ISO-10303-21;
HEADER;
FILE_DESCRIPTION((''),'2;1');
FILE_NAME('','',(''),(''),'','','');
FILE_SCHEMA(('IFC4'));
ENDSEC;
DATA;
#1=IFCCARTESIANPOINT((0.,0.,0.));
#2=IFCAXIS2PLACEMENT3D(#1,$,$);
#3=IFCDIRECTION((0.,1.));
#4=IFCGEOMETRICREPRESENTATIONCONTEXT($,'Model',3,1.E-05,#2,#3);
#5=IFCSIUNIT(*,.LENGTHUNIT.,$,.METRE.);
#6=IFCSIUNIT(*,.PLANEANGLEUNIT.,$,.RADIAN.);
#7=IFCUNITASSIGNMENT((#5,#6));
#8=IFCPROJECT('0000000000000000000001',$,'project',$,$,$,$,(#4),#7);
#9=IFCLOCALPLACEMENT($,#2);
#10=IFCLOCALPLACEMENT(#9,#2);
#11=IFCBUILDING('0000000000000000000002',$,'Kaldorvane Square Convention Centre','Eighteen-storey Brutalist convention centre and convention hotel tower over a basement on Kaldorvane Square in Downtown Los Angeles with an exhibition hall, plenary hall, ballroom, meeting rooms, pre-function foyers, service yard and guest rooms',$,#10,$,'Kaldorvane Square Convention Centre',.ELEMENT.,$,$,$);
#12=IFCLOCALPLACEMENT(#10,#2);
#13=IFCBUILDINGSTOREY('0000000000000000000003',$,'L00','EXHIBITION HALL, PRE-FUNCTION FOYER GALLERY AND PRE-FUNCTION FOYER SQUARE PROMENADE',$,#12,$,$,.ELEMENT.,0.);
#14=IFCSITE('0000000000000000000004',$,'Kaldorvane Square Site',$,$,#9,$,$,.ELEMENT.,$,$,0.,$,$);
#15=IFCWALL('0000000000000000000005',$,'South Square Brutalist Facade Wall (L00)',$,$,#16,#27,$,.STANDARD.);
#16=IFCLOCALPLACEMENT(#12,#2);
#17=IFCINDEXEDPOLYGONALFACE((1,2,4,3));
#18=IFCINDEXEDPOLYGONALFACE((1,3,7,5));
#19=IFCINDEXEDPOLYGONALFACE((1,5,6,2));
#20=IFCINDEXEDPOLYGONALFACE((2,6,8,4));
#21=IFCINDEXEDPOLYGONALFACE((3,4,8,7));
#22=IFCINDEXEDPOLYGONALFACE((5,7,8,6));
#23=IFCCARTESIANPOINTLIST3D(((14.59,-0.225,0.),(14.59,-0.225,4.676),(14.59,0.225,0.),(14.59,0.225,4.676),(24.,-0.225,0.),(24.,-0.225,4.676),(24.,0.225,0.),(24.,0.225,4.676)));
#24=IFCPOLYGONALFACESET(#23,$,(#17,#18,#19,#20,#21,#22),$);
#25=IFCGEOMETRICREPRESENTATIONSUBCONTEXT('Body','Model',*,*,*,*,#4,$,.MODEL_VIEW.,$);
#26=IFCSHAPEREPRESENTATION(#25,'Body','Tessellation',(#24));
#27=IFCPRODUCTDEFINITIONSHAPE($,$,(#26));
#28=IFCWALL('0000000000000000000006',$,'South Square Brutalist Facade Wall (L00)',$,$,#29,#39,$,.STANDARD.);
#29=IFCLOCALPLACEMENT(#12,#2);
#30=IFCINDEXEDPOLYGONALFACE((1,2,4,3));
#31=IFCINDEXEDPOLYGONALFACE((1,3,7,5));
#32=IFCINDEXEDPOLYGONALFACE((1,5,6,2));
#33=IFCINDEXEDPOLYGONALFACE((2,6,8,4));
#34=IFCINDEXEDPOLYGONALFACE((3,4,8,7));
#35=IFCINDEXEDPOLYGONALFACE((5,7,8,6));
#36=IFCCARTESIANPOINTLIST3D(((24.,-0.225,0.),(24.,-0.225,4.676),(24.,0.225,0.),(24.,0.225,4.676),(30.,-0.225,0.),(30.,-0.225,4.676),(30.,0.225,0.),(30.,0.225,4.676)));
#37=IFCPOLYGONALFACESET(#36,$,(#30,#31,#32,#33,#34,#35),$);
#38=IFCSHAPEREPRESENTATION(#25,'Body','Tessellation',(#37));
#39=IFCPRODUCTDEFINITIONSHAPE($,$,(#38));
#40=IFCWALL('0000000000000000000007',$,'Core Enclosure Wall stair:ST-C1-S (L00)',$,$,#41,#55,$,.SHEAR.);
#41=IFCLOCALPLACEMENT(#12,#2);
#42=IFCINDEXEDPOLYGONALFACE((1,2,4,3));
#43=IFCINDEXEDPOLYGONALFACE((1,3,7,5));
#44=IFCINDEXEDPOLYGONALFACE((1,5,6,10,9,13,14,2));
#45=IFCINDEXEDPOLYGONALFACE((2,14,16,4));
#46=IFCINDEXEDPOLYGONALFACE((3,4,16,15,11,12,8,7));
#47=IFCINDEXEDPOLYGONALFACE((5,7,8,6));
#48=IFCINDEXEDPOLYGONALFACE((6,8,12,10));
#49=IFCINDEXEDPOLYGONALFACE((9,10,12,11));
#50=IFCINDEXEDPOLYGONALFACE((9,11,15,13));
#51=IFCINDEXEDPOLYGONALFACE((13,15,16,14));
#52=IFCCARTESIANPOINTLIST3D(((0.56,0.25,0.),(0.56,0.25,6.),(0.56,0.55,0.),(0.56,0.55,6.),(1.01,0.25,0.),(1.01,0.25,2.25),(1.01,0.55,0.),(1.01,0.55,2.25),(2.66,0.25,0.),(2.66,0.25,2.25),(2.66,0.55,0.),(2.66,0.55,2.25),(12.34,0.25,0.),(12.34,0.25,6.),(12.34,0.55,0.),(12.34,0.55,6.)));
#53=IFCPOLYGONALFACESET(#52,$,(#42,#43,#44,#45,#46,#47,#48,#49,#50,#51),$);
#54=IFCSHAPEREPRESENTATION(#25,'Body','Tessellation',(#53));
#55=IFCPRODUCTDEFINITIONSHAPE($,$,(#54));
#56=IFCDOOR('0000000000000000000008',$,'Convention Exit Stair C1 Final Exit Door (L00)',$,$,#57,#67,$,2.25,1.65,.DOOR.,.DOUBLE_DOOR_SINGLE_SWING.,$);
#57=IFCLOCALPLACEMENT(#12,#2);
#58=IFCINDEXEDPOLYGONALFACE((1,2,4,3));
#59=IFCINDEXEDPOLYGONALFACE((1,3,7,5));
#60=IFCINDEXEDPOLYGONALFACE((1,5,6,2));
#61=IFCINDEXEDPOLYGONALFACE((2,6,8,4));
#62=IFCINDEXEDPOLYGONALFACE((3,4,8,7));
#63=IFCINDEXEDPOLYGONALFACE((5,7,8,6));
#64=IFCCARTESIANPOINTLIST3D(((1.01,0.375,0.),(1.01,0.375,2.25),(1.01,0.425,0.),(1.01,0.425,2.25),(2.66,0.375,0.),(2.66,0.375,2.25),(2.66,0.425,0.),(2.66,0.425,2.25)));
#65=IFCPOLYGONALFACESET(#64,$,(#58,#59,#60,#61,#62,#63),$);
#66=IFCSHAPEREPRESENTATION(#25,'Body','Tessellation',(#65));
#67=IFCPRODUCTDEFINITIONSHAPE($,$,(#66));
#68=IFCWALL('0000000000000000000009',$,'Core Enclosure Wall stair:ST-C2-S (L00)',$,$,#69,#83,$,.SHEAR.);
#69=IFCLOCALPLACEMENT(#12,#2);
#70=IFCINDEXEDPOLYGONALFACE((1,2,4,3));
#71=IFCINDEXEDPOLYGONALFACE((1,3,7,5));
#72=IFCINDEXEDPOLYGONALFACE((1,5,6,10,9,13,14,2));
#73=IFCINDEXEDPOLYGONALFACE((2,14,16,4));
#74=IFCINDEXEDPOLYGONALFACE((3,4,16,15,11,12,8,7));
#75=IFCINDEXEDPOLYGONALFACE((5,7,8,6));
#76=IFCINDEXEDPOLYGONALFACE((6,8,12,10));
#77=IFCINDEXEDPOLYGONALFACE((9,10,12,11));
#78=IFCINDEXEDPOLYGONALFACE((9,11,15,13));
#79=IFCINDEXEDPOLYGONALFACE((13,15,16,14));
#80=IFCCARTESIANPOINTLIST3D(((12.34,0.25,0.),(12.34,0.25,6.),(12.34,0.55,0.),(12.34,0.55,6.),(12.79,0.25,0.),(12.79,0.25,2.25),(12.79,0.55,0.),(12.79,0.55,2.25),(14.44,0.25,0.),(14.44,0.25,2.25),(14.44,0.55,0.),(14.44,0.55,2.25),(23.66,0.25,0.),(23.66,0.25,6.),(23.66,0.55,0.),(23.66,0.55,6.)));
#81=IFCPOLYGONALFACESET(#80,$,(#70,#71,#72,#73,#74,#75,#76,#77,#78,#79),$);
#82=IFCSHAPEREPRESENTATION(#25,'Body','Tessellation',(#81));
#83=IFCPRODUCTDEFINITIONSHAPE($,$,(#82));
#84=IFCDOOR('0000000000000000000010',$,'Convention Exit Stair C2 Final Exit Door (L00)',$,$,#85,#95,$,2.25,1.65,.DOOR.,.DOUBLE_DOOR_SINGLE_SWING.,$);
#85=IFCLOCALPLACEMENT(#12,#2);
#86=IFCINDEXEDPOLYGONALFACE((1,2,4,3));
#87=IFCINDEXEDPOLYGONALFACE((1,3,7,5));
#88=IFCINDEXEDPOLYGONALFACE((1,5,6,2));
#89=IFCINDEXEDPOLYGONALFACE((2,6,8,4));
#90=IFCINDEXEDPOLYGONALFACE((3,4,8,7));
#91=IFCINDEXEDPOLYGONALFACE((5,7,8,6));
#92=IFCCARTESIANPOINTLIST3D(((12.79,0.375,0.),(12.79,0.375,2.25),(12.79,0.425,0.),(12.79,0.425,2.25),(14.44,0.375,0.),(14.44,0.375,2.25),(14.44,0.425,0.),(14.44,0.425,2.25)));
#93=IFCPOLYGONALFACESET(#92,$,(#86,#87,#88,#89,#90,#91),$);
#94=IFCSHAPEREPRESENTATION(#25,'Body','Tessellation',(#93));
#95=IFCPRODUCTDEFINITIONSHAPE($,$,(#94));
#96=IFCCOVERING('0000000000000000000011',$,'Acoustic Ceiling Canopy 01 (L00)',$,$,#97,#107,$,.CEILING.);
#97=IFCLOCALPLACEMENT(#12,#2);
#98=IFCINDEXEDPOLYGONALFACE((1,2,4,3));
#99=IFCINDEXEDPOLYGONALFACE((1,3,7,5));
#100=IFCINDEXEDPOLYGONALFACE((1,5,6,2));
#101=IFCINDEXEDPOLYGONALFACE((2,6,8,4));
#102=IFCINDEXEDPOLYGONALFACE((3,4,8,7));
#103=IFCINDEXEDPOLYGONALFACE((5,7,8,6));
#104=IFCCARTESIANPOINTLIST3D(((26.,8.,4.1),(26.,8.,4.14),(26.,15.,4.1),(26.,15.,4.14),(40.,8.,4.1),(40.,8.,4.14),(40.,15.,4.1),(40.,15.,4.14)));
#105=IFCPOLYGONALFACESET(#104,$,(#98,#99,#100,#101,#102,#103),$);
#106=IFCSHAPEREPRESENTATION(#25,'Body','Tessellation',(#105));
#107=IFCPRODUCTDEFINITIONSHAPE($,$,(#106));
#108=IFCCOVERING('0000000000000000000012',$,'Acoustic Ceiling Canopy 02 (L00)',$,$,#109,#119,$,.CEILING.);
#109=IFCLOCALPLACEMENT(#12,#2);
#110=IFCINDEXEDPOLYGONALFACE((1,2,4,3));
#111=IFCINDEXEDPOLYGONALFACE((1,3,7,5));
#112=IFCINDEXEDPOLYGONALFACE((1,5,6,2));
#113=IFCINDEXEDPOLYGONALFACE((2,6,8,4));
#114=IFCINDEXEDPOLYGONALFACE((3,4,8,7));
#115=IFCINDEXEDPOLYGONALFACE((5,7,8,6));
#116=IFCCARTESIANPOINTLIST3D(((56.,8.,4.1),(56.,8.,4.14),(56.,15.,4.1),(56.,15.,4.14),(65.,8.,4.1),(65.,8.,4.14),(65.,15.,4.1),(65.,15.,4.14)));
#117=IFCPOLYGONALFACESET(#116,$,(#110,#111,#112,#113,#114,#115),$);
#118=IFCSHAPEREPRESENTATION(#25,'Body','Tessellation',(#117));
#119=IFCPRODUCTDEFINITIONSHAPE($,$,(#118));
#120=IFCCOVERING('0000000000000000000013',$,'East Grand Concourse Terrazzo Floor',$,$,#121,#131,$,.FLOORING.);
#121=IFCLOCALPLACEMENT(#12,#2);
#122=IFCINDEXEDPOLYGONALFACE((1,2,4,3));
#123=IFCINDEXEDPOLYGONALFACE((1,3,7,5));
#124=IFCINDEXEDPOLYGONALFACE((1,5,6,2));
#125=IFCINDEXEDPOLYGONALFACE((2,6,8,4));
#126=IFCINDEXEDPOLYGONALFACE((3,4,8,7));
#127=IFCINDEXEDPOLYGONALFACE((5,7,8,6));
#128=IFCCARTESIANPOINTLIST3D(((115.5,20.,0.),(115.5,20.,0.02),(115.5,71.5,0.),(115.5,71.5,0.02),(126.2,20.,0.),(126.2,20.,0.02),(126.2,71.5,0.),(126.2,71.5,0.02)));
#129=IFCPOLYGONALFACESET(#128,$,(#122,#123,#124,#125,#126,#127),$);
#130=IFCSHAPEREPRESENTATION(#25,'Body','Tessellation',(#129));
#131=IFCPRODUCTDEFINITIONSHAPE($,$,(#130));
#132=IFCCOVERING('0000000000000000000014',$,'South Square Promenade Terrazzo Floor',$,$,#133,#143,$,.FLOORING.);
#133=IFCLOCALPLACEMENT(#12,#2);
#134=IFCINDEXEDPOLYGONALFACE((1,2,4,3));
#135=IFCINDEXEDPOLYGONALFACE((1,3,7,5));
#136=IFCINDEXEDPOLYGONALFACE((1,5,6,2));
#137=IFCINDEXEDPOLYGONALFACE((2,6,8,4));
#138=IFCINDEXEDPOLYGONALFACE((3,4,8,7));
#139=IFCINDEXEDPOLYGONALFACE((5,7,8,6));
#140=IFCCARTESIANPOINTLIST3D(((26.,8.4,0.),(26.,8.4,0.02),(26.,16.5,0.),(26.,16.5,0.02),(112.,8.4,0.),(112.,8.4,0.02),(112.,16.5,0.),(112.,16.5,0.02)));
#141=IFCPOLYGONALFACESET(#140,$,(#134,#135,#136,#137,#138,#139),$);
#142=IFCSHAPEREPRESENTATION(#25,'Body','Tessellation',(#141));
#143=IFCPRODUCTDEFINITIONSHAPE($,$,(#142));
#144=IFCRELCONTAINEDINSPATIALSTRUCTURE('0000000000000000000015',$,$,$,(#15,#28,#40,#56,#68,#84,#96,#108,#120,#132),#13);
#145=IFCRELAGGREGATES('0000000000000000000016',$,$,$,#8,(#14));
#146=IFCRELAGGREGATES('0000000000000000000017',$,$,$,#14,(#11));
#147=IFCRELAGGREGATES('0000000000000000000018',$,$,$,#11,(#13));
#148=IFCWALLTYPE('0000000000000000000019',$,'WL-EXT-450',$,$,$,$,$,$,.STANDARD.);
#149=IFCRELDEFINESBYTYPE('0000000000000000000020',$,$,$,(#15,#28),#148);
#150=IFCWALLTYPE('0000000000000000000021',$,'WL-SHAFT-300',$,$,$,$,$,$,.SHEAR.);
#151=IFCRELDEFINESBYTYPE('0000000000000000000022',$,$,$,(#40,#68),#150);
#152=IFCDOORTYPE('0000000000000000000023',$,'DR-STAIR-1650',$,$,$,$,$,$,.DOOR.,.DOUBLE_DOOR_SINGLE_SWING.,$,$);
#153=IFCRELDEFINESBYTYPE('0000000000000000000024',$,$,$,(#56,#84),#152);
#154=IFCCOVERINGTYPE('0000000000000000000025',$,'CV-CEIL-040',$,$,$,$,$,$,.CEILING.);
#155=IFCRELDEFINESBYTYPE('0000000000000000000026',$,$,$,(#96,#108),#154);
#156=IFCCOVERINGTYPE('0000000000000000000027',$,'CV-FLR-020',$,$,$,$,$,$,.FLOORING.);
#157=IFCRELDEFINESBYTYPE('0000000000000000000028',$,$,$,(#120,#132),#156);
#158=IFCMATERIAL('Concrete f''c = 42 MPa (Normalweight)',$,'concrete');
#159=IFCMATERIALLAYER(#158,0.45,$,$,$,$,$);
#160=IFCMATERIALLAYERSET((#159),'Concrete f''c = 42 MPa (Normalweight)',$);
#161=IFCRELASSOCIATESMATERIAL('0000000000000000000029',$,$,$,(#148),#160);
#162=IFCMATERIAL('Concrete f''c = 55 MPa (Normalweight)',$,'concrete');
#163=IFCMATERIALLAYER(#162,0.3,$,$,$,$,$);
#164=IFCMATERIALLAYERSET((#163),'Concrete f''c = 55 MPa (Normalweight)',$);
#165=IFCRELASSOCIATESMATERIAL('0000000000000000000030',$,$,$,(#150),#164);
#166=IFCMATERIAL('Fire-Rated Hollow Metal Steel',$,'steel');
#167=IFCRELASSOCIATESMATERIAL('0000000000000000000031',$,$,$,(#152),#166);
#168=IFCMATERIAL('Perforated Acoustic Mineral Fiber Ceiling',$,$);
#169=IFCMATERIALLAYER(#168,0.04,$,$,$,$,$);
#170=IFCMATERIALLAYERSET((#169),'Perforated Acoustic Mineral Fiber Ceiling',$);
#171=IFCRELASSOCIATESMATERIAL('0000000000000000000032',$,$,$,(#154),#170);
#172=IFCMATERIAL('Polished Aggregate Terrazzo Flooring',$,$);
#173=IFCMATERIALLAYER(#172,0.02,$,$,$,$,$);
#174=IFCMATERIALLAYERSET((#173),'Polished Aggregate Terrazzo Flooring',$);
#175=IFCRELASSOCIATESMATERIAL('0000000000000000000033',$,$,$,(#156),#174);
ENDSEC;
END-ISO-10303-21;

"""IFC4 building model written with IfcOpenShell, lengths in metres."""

from ifc_helpers import new_model, si_unit, direction, frame, frame_2d, origin, place, context, subcontext, project, spatial, polyline, rectangle, outline, extrude, material, layer, layer_set, type_object, element, fill, save


model = new_model("IFC4")

# Units and contexts
model_context = context("Model", 3, precision=1e-05, world=origin(), true_north=direction((0.0, 1.0)))
body_context = subcontext(model_context, "Body", "Model", "MODEL_VIEW")
ifc_project = project(units=[si_unit("LENGTHUNIT", "METRE"), si_unit("PLANEANGLEUNIT", "RADIAN")], contexts=[model_context])

# Site, building, storey
site_placement = place(None, origin())
site = spatial("IfcSite", under=ifc_project, at=site_placement, Name="Kaldorvane Square Site", CompositionType="ELEMENT", RefElevation=0.0)
building_placement = place(site_placement, origin())
building = spatial("IfcBuilding", under=site, at=building_placement, Name="Kaldorvane Square Convention Centre", Description="Eighteen-storey Brutalist convention centre and convention hotel tower over a basement on Kaldorvane Square in Downtown Los Angeles with an exhibition hall, plenary hall, ballroom, meeting rooms, pre-function foyers, service yard and guest rooms", LongName="Kaldorvane Square Convention Centre", CompositionType="ELEMENT")
storey_placement = place(building_placement, origin())
storey = spatial("IfcBuildingStorey", under=building, at=storey_placement, Name="L00", Description="EXHIBITION HALL, PRE-FUNCTION FOYER GALLERY AND PRE-FUNCTION FOYER SQUARE PROMENADE", CompositionType="ELEMENT", Elevation=0.0)

# Shared definitions
ifc_material_1 = material(Name="Concrete f'c = 55 MPa (Normalweight)", Category="concrete")

# Shared definitions
ifc_material_2 = material(Name="Concrete f'c = 42 MPa (Normalweight)", Category="concrete")

# Walls
ifc_layer_1 = layer(ifc_material_2, 0.45)
ifc_layer_set_1 = layer_set([ifc_layer_1], Name="Concrete f'c = 42 MPa (Normalweight)")
wall_type_1 = type_object("IfcWallType", Name="WL-EXT-450", PredefinedType="STANDARD", material=ifc_layer_set_1)
wall_1_placement = place(storey_placement, frame((14.59, 0.0, 0.0), z_axis=(0.0, 0.0, 1.0), x_axis=(1.0, 0.0, 0.0)))
element("IfcWall", 1, at=wall_1_placement, inside=storey, type_object=wall_type_1, Name="South Square Brutalist Facade Wall (L00)", PredefinedType="STANDARD", context=body_context, shape_type="SweptSolid", body=[
    extrude(rectangle(XDim=9.41, YDim=0.45, at=frame_2d((4.705, 0.0))), origin(), (0.0, 0.0, 1.0), 4.676),
])
wall_2_placement = place(storey_placement, frame((24.0, 0.0, 0.0), z_axis=(0.0, 0.0, 1.0), x_axis=(1.0, 0.0, 0.0)))
element("IfcWall", 2, at=wall_2_placement, inside=storey, type_object=wall_type_1, Name="South Square Brutalist Facade Wall (L00)", PredefinedType="STANDARD", context=body_context, shape_type="SweptSolid", body=[
    extrude(rectangle(XDim=6.0, YDim=0.45, at=frame_2d((3.0, 0.0))), origin(), (0.0, 0.0, 1.0), 4.676),
])

# Walls, openings, doors
ifc_layer_2 = layer(ifc_material_1, 0.3)
ifc_layer_set_2 = layer_set([ifc_layer_2], Name="Concrete f'c = 55 MPa (Normalweight)")
wall_type_2 = type_object("IfcWallType", Name="WL-SHAFT-300", PredefinedType="SHEAR", material=ifc_layer_set_2)
wall_3_placement = place(storey_placement, frame((12.34, 0.4, 0.0), z_axis=(0.0, 0.0, 1.0), x_axis=(-1.0, 0.0, 0.0)))
wall_3 = element("IfcWall", 3, at=wall_3_placement, inside=storey, type_object=wall_type_2, Name="Core Enclosure Wall stair:ST-C1-S (L00)", PredefinedType="SHEAR", context=body_context, shape_type="SweptSolid", body=[
    extrude(rectangle(XDim=11.78, YDim=0.3, at=frame_2d((5.89, 0.0))), origin(), (0.0, 0.0, 1.0), 6.0),
])
opening_1_placement = place(wall_3_placement, frame((9.68, 0.0, 0.0)))
opening_1 = element("IfcOpeningElement", 4, at=opening_1_placement, cuts=wall_3, PredefinedType="OPENING", context=body_context, shape_type="SweptSolid", body=[
    extrude(rectangle(XDim=1.65, YDim=2.25, at=frame_2d((0.825, 1.125))), frame((0.0, 0.165, 0.0), z_axis=(0.0, -1.0, 0.0), x_axis=(1.0, 0.0, 0.0)), (0.0, 0.0, 1.0), 0.33),
])
ifc_material_3 = material(Name="Fire-Rated Hollow Metal Steel", Category="steel")
door_type = type_object("IfcDoorType", Name="DR-STAIR-1650", OperationType="DOUBLE_DOOR_SINGLE_SWING", PredefinedType="DOOR", material=ifc_material_3)
door_1_placement = place(opening_1_placement, origin())
door_1 = element("IfcDoor", 5, at=door_1_placement, inside=storey, type_object=door_type, Name="Convention Exit Stair C1 Final Exit Door (L00)", OperationType="DOUBLE_DOOR_SINGLE_SWING", OverallHeight=2.25, OverallWidth=1.65, PredefinedType="DOOR", context=body_context, shape_type="SweptSolid", body=[
    extrude(rectangle(XDim=1.65, YDim=2.25, at=frame_2d((0.825, 1.125))), frame((0.0, 0.025, 0.0), z_axis=(0.0, -1.0, 0.0), x_axis=(1.0, 0.0, 0.0)), (0.0, 0.0, 1.0), 0.05),
])
fill(opening_1, door_1)
wall_4_placement = place(storey_placement, frame((23.66, 0.4, 0.0), z_axis=(0.0, 0.0, 1.0), x_axis=(-1.0, 0.0, 0.0)))
wall_4 = element("IfcWall", 6, at=wall_4_placement, inside=storey, type_object=wall_type_2, Name="Core Enclosure Wall stair:ST-C2-S (L00)", PredefinedType="SHEAR", context=body_context, shape_type="SweptSolid", body=[
    extrude(rectangle(XDim=11.32, YDim=0.3, at=frame_2d((5.66, 0.0))), origin(), (0.0, 0.0, 1.0), 6.0),
])
opening_2_placement = place(wall_4_placement, frame((9.22, 0.0, 0.0)))
opening_2 = element("IfcOpeningElement", 7, at=opening_2_placement, cuts=wall_4, PredefinedType="OPENING", context=body_context, shape_type="SweptSolid", body=[
    extrude(rectangle(XDim=1.65, YDim=2.25, at=frame_2d((0.825, 1.125))), frame((0.0, 0.165, 0.0), z_axis=(0.0, -1.0, 0.0), x_axis=(1.0, 0.0, 0.0)), (0.0, 0.0, 1.0), 0.33),
])
door_2_placement = place(opening_2_placement, origin())
door_2 = element("IfcDoor", 8, at=door_2_placement, inside=storey, type_object=door_type, Name="Convention Exit Stair C2 Final Exit Door (L00)", OperationType="DOUBLE_DOOR_SINGLE_SWING", OverallHeight=2.25, OverallWidth=1.65, PredefinedType="DOOR", context=body_context, shape_type="SweptSolid", body=[
    extrude(rectangle(XDim=1.65, YDim=2.25, at=frame_2d((0.825, 1.125))), frame((0.0, 0.025, 0.0), z_axis=(0.0, -1.0, 0.0), x_axis=(1.0, 0.0, 0.0)), (0.0, 0.0, 1.0), 0.05),
])
fill(opening_2, door_2)

# Coverings
ifc_material_4 = material(Name="Perforated Acoustic Mineral Fiber Ceiling")
ifc_layer_3 = layer(ifc_material_4, 0.04)
ifc_layer_set_3 = layer_set([ifc_layer_3], Name="Perforated Acoustic Mineral Fiber Ceiling")
covering_type_1 = type_object("IfcCoveringType", Name="CV-CEIL-040", PredefinedType="CEILING", material=ifc_layer_set_3)
covering_1_placement = place(storey_placement, frame((0.0, 0.0, 4.1)))
element("IfcCovering", 9, at=covering_1_placement, inside=storey, type_object=covering_type_1, Name="Acoustic Ceiling Canopy 01 (L00)", PredefinedType="CEILING", context=body_context, shape_type="SweptSolid", body=[
    extrude(outline(polyline([(26.0, 8.0), (40.0, 8.0), (40.0, 15.0), (26.0, 15.0), (26.0, 8.0)])), origin(), (0.0, 0.0, 1.0), 0.04),
])
covering_2_placement = place(storey_placement, frame((0.0, 0.0, 4.1)))
element("IfcCovering", 10, at=covering_2_placement, inside=storey, type_object=covering_type_1, Name="Acoustic Ceiling Canopy 02 (L00)", PredefinedType="CEILING", context=body_context, shape_type="SweptSolid", body=[
    extrude(outline(polyline([(56.0, 8.0), (65.0, 8.0), (65.0, 15.0), (56.0, 15.0), (56.0, 8.0)])), origin(), (0.0, 0.0, 1.0), 0.04),
])
ifc_material_5 = material(Name="Polished Aggregate Terrazzo Flooring")
ifc_layer_4 = layer(ifc_material_5, 0.02)
ifc_layer_set_4 = layer_set([ifc_layer_4], Name="Polished Aggregate Terrazzo Flooring")
covering_type_2 = type_object("IfcCoveringType", Name="CV-FLR-020", PredefinedType="FLOORING", material=ifc_layer_set_4)
covering_3_placement = place(storey_placement, origin())
element("IfcCovering", 11, at=covering_3_placement, inside=storey, type_object=covering_type_2, Name="East Grand Concourse Terrazzo Floor", PredefinedType="FLOORING", context=body_context, shape_type="SweptSolid", body=[
    extrude(outline(polyline([(115.5, 20.0), (126.2, 20.0), (126.2, 71.5), (115.5, 71.5), (115.5, 20.0)])), origin(), (0.0, 0.0, 1.0), 0.02),
])
covering_4_placement = place(storey_placement, origin())
element("IfcCovering", 12, at=covering_4_placement, inside=storey, type_object=covering_type_2, Name="South Square Promenade Terrazzo Floor", PredefinedType="FLOORING", context=body_context, shape_type="SweptSolid", body=[
    extrude(outline(polyline([(26.0, 8.4), (112.0, 8.4), (112.0, 16.5), (26.0, 16.5), (26.0, 8.4)])), origin(), (0.0, 0.0, 1.0), 0.02),
])

save(model, "model.ifc")
